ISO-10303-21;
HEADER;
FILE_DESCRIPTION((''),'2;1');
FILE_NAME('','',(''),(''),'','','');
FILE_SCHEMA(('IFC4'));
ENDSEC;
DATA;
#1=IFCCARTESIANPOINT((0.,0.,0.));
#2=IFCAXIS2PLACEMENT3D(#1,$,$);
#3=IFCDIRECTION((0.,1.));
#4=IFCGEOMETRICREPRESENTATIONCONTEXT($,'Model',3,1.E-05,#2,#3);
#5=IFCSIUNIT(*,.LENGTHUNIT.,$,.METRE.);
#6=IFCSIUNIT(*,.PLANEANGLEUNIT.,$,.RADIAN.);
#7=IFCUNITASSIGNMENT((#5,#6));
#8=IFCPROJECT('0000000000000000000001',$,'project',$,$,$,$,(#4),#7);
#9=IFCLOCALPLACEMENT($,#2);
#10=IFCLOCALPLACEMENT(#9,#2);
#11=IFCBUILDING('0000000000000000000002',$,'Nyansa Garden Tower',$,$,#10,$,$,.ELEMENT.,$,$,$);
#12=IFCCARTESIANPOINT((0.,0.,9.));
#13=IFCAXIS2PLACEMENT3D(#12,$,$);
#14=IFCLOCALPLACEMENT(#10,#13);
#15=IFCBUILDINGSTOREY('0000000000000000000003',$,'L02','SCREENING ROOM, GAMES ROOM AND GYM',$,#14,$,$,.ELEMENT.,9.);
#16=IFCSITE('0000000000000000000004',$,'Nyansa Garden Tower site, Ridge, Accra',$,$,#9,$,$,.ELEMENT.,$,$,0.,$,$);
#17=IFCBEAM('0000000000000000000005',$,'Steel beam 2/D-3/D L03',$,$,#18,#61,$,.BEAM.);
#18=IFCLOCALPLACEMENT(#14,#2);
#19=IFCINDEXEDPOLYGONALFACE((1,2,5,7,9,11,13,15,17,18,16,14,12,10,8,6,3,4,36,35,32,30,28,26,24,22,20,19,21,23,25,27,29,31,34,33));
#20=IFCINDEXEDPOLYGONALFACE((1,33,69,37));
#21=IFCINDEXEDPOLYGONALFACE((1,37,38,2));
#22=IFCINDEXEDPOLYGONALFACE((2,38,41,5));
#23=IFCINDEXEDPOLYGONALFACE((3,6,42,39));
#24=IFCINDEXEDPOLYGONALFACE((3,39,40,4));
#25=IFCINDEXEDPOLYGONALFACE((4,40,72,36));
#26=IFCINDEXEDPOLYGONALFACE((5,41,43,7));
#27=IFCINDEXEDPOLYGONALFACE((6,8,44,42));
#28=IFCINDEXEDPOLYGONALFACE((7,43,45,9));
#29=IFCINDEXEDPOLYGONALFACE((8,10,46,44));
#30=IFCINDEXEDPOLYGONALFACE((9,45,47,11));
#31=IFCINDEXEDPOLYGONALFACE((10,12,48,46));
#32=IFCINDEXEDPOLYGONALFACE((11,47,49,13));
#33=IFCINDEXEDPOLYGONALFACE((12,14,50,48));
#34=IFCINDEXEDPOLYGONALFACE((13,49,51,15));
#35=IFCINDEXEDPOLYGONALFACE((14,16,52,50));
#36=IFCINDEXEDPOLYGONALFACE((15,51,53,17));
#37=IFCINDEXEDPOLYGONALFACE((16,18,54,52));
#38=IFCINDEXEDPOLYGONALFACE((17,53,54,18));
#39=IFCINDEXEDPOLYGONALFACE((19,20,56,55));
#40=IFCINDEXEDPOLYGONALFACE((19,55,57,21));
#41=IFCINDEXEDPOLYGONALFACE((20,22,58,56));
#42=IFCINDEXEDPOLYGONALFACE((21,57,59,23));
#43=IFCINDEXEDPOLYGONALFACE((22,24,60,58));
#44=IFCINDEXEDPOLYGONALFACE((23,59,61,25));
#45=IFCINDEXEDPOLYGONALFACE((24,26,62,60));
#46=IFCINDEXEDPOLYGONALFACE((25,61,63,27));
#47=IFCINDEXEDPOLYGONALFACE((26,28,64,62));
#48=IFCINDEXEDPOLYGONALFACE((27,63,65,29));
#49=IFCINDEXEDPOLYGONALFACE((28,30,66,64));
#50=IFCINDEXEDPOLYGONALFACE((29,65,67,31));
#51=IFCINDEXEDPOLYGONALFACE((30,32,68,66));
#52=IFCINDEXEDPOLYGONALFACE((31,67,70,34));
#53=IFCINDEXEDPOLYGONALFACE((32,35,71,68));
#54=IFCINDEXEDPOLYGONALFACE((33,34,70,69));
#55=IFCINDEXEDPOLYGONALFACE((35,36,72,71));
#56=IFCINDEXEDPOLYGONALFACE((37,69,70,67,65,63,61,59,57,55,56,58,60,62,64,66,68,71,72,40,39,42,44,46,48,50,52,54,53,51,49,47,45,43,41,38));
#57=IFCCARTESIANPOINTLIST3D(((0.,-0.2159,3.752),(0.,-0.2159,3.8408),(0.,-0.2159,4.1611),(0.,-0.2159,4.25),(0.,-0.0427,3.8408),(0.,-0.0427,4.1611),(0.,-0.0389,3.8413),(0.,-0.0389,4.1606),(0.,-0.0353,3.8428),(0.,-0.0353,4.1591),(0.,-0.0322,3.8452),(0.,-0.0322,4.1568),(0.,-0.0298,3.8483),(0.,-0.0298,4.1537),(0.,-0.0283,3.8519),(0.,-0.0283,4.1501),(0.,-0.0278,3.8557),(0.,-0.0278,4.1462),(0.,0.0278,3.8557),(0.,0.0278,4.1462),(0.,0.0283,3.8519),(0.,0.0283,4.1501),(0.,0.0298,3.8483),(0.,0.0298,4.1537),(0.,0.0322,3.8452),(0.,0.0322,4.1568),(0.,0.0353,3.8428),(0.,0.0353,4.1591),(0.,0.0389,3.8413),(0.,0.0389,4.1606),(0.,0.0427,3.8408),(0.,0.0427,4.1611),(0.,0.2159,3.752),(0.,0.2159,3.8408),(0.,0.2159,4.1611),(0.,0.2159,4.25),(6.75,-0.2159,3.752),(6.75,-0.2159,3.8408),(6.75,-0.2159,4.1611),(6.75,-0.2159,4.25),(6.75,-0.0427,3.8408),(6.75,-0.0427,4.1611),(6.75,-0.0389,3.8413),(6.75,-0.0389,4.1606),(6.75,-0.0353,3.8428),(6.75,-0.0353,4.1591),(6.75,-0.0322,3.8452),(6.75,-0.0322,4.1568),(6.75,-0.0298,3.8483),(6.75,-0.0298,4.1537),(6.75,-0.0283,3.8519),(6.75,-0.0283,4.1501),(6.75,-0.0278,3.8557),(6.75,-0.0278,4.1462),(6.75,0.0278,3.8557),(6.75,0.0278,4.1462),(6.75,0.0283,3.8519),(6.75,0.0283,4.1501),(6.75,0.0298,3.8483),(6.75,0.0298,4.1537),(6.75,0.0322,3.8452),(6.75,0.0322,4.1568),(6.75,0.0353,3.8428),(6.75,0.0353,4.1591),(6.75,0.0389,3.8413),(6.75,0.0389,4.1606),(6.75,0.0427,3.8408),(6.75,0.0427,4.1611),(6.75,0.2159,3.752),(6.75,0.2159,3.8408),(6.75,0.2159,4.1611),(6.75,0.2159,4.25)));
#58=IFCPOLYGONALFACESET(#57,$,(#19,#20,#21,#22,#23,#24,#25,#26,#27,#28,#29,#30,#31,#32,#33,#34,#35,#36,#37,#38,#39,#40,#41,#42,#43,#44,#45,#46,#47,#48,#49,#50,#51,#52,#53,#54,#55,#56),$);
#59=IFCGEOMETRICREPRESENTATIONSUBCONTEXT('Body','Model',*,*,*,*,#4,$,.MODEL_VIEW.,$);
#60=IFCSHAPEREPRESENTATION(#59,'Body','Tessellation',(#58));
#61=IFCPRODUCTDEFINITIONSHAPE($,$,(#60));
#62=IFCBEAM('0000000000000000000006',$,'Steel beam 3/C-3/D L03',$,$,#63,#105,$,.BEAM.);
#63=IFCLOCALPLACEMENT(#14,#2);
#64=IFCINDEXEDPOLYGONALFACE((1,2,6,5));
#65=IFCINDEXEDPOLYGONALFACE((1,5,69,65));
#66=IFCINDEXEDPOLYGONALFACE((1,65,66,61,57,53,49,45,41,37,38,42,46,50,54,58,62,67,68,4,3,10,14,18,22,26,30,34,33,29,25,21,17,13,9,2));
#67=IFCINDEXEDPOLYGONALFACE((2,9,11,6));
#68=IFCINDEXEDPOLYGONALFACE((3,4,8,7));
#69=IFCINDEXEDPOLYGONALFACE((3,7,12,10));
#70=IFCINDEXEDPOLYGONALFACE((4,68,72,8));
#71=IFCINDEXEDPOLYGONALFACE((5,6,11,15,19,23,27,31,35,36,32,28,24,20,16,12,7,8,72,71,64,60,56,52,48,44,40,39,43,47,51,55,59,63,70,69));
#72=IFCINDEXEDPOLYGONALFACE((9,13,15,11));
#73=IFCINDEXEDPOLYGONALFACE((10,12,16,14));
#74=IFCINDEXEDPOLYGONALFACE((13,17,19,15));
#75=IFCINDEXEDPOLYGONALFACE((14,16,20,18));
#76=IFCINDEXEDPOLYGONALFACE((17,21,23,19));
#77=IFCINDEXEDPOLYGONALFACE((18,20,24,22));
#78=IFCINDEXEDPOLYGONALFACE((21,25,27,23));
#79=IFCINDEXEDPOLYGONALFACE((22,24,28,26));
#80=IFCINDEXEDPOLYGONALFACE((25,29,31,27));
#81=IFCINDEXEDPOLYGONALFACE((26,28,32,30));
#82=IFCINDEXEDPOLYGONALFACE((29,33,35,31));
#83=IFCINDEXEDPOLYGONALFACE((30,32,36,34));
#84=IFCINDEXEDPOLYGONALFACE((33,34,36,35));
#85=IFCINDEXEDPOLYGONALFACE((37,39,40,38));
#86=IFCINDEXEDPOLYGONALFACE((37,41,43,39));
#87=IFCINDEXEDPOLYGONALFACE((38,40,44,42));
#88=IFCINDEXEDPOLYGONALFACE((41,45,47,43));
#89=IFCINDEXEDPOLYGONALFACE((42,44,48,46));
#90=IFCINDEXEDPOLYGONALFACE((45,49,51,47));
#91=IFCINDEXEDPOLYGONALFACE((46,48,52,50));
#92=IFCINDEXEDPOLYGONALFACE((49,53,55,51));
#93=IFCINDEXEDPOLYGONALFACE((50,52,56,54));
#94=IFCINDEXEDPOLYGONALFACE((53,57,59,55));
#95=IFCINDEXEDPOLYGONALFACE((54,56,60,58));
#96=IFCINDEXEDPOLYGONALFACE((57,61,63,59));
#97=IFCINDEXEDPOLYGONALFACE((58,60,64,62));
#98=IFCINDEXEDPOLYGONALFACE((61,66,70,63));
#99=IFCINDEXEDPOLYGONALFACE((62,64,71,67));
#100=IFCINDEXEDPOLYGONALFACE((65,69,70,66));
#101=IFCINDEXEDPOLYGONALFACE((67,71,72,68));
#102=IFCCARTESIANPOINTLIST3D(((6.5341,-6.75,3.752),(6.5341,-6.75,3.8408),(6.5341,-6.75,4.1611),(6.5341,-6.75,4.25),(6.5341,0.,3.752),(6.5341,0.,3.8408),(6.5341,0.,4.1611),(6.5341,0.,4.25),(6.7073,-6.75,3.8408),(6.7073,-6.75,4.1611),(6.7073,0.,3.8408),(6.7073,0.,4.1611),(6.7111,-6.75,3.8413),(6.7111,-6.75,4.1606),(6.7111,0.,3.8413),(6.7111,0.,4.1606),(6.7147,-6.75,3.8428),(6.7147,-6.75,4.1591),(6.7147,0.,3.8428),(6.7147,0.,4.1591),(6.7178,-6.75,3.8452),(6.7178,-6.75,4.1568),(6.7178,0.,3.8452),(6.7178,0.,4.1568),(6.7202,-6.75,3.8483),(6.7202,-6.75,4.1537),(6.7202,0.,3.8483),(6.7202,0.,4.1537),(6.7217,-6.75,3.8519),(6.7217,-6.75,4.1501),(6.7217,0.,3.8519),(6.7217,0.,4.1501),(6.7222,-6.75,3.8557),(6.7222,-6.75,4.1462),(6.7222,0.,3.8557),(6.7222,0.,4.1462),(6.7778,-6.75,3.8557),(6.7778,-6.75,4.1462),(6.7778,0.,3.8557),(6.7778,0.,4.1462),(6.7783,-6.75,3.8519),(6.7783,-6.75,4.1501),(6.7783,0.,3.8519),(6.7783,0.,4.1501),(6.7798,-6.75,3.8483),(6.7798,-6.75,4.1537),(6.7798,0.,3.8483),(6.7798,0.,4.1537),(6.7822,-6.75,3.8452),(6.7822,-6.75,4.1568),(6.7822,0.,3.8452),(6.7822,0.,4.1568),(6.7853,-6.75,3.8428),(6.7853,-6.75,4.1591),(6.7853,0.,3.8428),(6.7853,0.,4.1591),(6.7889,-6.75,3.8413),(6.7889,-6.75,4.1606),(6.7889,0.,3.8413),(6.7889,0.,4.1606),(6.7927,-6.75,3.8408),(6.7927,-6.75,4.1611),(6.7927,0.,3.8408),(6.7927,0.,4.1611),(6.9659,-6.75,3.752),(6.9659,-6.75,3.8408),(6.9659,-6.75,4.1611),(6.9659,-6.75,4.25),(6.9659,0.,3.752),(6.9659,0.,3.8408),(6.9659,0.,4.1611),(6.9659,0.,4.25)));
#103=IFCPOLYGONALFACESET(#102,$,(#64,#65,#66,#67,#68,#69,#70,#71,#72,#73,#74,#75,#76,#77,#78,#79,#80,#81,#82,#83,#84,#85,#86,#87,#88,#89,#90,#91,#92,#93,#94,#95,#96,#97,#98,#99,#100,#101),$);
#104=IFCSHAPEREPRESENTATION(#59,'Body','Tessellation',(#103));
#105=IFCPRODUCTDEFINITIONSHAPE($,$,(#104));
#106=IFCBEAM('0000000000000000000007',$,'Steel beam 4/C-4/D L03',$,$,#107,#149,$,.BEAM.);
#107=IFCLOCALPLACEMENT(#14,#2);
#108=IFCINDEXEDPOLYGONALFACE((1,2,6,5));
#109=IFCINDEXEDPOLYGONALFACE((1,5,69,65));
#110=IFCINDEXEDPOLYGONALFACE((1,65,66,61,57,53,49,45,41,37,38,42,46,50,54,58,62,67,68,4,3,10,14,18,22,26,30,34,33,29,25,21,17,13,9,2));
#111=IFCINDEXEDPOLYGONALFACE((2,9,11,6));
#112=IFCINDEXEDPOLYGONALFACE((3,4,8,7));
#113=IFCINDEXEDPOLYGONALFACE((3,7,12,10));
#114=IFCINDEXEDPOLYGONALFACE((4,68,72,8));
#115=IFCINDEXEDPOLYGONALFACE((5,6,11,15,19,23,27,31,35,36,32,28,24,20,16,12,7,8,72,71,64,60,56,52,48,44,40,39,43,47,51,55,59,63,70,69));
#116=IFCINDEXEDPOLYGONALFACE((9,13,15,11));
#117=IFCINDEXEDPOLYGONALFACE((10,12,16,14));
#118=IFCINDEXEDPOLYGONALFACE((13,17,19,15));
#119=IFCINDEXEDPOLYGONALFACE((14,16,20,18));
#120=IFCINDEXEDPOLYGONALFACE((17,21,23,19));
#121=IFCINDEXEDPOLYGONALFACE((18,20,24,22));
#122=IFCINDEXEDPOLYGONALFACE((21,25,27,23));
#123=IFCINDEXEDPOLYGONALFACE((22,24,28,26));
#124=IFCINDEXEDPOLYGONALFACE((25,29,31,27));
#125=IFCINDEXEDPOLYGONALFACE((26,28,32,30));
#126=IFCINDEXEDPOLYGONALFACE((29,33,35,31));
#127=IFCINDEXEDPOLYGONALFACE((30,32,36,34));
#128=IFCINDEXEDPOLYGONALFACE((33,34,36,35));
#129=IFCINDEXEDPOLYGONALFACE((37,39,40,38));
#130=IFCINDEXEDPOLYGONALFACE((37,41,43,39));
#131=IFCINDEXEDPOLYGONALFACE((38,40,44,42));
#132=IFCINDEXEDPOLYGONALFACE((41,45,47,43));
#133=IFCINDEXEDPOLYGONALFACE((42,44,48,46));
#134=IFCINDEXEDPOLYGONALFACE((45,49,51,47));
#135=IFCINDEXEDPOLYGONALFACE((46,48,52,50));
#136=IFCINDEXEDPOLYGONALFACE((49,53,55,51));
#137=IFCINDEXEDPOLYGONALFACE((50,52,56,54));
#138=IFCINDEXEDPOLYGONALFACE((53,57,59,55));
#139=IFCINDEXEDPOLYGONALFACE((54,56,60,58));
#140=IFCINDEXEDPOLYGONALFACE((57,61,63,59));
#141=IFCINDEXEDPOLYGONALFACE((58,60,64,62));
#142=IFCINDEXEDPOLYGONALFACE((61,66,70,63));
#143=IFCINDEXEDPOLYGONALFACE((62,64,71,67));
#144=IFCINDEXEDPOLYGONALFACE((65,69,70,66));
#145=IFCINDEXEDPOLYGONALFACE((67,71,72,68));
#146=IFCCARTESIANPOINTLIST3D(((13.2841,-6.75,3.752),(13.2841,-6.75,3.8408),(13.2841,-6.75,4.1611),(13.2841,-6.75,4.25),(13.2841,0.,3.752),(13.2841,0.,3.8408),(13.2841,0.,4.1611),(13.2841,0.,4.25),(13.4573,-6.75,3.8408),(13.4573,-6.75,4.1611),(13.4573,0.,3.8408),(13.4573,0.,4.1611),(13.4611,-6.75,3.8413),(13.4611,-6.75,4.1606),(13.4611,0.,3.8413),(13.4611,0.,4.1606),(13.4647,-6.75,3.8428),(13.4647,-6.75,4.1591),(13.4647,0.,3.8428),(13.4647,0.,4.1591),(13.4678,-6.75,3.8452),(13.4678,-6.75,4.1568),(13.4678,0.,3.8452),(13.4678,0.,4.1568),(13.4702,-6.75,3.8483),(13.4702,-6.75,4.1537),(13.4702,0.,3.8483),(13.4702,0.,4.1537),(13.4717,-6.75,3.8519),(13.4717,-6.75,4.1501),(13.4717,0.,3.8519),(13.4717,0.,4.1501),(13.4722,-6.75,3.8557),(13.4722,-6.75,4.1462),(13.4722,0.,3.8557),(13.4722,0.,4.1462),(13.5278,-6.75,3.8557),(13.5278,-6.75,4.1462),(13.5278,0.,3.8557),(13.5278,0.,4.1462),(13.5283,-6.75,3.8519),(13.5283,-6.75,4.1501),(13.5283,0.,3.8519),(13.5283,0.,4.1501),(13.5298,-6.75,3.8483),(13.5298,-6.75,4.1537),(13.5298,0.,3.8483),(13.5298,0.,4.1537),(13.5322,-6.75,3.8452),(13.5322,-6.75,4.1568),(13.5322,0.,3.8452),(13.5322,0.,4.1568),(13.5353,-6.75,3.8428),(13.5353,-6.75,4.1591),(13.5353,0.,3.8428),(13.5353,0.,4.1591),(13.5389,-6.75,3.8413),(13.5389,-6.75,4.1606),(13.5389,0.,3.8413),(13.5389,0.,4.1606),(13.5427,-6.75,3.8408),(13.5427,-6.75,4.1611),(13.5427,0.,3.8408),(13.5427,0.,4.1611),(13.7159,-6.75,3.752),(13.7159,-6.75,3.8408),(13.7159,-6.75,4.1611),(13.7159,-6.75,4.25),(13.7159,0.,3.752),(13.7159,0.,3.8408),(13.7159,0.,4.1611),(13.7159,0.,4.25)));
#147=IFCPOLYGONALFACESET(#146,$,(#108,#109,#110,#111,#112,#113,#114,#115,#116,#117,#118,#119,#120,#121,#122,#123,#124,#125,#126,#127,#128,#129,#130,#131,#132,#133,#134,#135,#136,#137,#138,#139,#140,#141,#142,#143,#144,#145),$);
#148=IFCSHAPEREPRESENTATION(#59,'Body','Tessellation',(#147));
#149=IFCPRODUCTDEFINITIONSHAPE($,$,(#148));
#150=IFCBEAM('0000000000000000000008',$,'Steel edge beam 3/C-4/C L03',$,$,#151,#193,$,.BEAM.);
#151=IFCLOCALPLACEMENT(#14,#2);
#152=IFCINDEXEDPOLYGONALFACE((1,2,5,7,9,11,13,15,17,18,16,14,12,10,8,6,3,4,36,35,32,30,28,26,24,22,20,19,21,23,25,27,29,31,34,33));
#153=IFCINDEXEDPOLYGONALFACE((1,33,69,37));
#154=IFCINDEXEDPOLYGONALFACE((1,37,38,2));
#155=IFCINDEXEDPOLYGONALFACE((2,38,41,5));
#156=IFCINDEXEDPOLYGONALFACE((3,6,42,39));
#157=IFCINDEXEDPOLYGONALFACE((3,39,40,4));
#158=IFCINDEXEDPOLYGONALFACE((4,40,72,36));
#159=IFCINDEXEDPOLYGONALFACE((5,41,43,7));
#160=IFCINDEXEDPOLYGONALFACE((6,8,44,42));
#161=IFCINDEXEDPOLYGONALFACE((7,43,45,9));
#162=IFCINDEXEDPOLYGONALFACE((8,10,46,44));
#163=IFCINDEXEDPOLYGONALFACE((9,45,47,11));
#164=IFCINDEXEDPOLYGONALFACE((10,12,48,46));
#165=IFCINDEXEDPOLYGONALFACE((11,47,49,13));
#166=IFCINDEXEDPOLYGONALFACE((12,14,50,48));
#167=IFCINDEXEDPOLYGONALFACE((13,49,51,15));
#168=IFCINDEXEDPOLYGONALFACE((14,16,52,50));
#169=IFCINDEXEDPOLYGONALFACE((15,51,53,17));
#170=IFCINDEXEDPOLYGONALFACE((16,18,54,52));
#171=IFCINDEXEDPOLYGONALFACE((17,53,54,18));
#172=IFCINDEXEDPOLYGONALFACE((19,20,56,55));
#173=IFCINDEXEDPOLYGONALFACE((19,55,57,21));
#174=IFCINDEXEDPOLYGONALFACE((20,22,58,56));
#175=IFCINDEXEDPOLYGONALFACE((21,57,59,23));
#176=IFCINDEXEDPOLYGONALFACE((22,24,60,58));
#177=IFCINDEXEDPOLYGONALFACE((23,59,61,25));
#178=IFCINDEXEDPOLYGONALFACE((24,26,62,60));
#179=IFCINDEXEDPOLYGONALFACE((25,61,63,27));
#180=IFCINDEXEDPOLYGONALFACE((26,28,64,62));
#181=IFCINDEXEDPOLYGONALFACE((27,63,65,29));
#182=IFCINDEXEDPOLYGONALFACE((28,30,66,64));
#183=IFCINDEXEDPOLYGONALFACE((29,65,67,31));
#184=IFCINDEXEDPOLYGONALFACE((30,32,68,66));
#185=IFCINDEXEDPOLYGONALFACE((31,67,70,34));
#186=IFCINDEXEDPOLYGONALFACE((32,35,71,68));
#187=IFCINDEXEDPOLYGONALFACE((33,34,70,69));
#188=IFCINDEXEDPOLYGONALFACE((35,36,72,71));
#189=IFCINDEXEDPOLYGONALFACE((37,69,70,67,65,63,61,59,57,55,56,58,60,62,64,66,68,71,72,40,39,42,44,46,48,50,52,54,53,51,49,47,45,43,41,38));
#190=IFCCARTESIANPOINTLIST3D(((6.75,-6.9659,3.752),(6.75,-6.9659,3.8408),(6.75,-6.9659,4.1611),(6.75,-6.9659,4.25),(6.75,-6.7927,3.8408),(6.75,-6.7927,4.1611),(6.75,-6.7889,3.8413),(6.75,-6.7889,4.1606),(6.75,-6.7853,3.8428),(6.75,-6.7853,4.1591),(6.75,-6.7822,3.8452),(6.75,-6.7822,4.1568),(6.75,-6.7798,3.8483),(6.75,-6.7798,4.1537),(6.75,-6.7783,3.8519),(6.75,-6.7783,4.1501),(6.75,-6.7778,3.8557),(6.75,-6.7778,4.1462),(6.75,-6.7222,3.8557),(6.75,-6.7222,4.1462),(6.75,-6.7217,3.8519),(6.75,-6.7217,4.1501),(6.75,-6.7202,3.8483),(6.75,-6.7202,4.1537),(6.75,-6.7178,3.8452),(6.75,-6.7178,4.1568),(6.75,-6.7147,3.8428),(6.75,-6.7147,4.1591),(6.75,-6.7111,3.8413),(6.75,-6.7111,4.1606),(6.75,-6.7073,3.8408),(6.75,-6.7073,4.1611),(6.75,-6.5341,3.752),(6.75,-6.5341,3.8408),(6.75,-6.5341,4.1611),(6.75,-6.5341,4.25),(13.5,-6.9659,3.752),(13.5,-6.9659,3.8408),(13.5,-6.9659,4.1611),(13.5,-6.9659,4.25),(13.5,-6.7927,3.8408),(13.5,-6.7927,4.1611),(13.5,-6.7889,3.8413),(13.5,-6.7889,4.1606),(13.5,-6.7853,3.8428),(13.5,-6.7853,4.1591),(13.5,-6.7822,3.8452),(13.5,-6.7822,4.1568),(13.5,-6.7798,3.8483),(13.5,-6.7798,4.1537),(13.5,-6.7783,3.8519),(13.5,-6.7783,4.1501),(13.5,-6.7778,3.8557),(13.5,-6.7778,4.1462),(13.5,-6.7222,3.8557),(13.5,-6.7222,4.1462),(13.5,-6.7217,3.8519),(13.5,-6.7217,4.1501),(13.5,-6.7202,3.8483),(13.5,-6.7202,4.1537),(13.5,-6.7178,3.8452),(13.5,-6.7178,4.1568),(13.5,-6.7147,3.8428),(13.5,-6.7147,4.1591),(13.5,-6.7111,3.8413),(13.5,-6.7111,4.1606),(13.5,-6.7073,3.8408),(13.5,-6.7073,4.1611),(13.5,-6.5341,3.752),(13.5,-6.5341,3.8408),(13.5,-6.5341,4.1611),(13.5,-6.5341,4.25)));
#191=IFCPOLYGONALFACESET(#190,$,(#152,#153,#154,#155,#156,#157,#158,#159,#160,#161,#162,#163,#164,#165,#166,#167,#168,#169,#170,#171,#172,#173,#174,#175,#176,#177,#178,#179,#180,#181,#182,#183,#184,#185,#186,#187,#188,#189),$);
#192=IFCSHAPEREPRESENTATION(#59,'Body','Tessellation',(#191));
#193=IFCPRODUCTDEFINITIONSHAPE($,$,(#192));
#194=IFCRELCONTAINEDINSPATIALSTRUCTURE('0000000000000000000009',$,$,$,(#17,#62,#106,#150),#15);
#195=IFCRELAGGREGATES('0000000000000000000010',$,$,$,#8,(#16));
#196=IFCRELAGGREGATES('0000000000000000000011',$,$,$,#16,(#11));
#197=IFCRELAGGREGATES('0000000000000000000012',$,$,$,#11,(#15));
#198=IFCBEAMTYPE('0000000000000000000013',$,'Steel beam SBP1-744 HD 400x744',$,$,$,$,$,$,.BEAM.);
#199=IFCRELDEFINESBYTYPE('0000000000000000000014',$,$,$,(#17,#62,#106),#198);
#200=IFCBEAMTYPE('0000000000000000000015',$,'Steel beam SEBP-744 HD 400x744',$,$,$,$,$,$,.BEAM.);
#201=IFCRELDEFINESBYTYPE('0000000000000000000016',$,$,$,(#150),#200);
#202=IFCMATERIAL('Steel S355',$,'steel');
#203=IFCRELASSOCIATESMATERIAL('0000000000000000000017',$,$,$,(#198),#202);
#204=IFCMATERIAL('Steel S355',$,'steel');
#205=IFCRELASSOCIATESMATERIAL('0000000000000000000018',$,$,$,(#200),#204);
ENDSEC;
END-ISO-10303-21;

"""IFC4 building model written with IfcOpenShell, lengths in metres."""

from ifc_helpers import new_model, si_unit, direction, frame, origin, origin_2d, place, context, subcontext, project, spatial, i_section, extrude, material, material_profile, profile_set, type_object, element, save


model = new_model("IFC4")

# Units and contexts
model_context = context("Model", 3, precision=1e-05, world=origin(), true_north=direction((0.0, 1.0)))
body_context = subcontext(model_context, "Body", "Model", "MODEL_VIEW")
ifc_project = project(units=[si_unit("LENGTHUNIT", "METRE"), si_unit("PLANEANGLEUNIT", "RADIAN")], contexts=[model_context])

# Site, building, storey
site_placement = place(None, origin())
site = spatial("IfcSite", under=ifc_project, at=site_placement, Name="Nyansa Garden Tower site, Ridge, Accra", CompositionType="ELEMENT", RefElevation=0.0)
building_placement = place(site_placement, origin())
building = spatial("IfcBuilding", under=site, at=building_placement, Name="Nyansa Garden Tower", CompositionType="ELEMENT")
storey_placement = place(building_placement, frame((0.0, 0.0, 9.0)))
storey = spatial("IfcBuildingStorey", under=building, at=storey_placement, Name="L02", Description="SCREENING ROOM, GAMES ROOM AND GYM", CompositionType="ELEMENT", Elevation=9.0)

# Beams
ifc_material_1 = material(Name="Steel S355", Category="steel")
ifc_material_profile_1 = material_profile(ifc_material_1, i_section(OverallWidth=0.4319, OverallDepth=0.498, WebThickness=0.0557, FlangeThickness=0.0889, FilletRadius=0.0149, at=origin_2d()), Name="HD 400x744")
ifc_profile_set_1 = profile_set([ifc_material_profile_1], Name="Steel S355")
beam_type_1 = type_object("IfcBeamType", Name="Steel beam SBP1-744 HD 400x744", PredefinedType="BEAM", material=ifc_profile_set_1)
for number, where, z_axis, x_axis, name in (
    (1, (0.0, 0.0, 4.001), (1.0, 0.0, 0.0), (0.0, 1.0, 0.0), "Steel beam 2/D-3/D L03"),
    (2, (6.75, -6.75, 4.001), (0.0, 1.0, 0.0), (-1.0, 0.0, 0.0), "Steel beam 3/C-3/D L03"),
    (3, (13.5, -6.75, 4.001), (0.0, 1.0, 0.0), (-1.0, 0.0, 0.0), "Steel beam 4/C-4/D L03"),
):
    element("IfcBeam", number, at=place(storey_placement, frame(where, z_axis=z_axis, x_axis=x_axis)), inside=storey, type_object=beam_type_1, Name=name, PredefinedType="BEAM", context=body_context, shape_type="SweptSolid", body=[
        extrude(i_section(OverallWidth=0.4319, OverallDepth=0.498, WebThickness=0.0557, FlangeThickness=0.0889, FilletRadius=0.0149, at=origin_2d()), origin(), (0.0, 0.0, 1.0), 6.75),
    ])
ifc_material_2 = material(Name="Steel S355", Category="steel")
ifc_material_profile_2 = material_profile(ifc_material_2, i_section(OverallWidth=0.4319, OverallDepth=0.498, WebThickness=0.0557, FlangeThickness=0.0889, FilletRadius=0.0149, at=origin_2d()), Name="HD 400x744")
ifc_profile_set_2 = profile_set([ifc_material_profile_2], Name="Steel S355")
beam_type_2 = type_object("IfcBeamType", Name="Steel beam SEBP-744 HD 400x744", PredefinedType="BEAM", material=ifc_profile_set_2)
for number, where, z_axis, x_axis, name in (
    (4, (6.75, -6.75, 4.001), (1.0, 0.0, 0.0), (0.0, 1.0, 0.0), "Steel edge beam 3/C-4/C L03"),
):
    element("IfcBeam", number, at=place(storey_placement, frame(where, z_axis=z_axis, x_axis=x_axis)), inside=storey, type_object=beam_type_2, Name=name, PredefinedType="BEAM", context=body_context, shape_type="SweptSolid", body=[
        extrude(i_section(OverallWidth=0.4319, OverallDepth=0.498, WebThickness=0.0557, FlangeThickness=0.0889, FilletRadius=0.0149, at=origin_2d()), origin(), (0.0, 0.0, 1.0), 6.75),
    ])

save(model, "model.ifc")
